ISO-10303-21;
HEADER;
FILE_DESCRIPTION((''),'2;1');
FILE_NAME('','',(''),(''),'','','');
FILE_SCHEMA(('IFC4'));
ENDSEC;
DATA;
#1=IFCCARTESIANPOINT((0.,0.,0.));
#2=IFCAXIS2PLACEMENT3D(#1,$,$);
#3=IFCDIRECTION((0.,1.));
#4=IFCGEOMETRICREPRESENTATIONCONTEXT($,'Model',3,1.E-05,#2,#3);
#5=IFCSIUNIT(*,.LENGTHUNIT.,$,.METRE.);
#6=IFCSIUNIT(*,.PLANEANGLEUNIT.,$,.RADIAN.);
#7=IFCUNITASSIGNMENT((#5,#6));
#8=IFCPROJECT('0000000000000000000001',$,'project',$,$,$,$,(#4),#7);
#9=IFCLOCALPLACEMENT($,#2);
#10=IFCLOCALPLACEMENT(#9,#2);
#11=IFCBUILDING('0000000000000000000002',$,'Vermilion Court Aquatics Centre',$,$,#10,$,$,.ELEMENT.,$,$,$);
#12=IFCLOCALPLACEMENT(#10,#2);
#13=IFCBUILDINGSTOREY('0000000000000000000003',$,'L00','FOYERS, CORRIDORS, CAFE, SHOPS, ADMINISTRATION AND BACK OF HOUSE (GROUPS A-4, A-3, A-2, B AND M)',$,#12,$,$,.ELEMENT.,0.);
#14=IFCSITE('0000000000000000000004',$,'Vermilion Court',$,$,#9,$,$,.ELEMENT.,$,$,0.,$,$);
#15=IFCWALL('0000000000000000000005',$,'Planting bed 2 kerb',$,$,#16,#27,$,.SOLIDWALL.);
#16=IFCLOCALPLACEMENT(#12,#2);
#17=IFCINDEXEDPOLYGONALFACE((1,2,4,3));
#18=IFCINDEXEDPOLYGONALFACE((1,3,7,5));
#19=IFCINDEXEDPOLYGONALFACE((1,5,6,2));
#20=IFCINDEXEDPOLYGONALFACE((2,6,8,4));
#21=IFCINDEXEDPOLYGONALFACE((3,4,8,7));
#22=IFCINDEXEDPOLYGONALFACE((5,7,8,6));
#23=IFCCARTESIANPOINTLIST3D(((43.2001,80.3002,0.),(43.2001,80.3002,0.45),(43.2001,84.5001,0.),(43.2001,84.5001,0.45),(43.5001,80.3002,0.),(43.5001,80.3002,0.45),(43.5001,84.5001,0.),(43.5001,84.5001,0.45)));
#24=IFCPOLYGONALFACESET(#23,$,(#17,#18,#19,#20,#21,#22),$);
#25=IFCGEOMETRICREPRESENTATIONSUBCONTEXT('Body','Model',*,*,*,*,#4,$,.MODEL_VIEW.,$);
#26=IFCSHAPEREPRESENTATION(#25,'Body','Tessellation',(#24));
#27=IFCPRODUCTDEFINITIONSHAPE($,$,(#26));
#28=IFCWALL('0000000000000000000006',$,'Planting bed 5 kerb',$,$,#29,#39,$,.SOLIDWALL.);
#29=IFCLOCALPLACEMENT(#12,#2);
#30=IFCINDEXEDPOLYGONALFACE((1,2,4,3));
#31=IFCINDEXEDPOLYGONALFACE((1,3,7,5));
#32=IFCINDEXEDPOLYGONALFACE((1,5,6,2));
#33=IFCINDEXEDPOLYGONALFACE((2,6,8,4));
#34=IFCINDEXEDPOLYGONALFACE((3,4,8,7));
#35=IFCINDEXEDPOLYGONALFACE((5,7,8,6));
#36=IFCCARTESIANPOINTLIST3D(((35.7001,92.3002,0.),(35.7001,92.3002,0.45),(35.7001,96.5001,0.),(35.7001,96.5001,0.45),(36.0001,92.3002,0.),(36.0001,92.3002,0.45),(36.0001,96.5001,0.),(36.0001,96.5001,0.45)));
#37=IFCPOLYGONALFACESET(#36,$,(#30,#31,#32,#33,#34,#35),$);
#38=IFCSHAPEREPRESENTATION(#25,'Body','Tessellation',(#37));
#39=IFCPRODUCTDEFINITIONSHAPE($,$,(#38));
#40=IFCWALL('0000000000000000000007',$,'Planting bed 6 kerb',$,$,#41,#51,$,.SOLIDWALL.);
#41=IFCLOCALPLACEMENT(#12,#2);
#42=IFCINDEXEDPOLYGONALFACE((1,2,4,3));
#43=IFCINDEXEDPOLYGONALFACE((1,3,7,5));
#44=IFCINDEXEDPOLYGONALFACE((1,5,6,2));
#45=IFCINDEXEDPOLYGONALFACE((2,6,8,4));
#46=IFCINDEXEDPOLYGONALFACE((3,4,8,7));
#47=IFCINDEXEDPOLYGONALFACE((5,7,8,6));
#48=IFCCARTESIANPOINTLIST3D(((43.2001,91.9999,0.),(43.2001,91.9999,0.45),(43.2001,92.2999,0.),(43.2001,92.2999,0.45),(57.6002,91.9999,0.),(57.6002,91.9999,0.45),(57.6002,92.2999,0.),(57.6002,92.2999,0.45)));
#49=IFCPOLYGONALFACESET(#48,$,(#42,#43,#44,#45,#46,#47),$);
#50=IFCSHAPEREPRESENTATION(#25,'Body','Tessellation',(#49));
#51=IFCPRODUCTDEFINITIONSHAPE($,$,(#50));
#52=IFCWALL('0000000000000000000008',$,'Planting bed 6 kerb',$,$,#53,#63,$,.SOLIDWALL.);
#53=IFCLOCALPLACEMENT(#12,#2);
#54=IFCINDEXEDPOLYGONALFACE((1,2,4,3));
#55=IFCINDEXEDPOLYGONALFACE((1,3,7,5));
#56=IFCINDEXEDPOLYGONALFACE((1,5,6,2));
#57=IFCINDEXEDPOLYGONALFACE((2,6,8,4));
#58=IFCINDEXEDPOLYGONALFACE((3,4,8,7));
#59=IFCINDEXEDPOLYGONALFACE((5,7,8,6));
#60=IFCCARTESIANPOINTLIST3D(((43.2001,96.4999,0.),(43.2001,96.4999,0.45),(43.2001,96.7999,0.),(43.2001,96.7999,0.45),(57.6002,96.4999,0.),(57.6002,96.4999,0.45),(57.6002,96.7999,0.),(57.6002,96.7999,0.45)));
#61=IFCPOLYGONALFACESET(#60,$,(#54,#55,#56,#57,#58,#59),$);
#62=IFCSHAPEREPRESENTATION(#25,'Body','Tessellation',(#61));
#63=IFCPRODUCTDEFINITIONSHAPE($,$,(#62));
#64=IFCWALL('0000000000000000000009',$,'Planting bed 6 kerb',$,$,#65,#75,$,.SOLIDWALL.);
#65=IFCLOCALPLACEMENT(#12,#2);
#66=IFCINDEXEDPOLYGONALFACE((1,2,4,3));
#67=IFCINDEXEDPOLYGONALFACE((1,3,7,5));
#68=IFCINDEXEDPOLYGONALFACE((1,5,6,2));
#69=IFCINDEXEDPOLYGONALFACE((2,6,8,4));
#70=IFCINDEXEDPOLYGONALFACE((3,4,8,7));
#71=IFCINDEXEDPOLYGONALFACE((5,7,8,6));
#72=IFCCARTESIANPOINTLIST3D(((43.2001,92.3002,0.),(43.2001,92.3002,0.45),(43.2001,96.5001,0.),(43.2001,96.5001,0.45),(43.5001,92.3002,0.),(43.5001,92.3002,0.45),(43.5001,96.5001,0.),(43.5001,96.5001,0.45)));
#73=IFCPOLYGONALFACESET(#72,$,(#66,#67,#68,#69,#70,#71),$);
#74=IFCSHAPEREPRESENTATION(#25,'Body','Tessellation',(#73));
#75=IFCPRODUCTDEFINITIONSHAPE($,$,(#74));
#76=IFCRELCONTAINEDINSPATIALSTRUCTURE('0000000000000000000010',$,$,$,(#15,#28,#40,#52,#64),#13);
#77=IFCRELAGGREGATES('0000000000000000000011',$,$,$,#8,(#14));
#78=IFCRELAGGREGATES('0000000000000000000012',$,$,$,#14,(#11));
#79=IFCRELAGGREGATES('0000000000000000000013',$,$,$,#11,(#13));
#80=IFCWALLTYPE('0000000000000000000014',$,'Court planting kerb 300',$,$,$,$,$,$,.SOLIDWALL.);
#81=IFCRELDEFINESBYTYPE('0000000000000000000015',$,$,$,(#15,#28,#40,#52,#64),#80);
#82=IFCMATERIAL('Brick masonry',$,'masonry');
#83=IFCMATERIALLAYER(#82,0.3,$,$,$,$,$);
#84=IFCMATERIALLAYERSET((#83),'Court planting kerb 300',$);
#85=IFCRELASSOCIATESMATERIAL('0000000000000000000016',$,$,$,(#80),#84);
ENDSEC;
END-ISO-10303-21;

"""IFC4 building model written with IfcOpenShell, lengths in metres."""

from ifc_helpers import new_model, si_unit, direction, frame, frame_2d, origin, place, context, subcontext, project, spatial, rectangle, extrude, material, layer, layer_set, type_object, element, save


model = new_model("IFC4")

# Units and contexts
model_context = context("Model", 3, precision=1e-05, world=origin(), true_north=direction((0.0, 1.0)))
body_context = subcontext(model_context, "Body", "Model", "MODEL_VIEW")
ifc_project = project(units=[si_unit("LENGTHUNIT", "METRE"), si_unit("PLANEANGLEUNIT", "RADIAN")], contexts=[model_context])

# Site, building, storey
site_placement = place(None, origin())
site = spatial("IfcSite", under=ifc_project, at=site_placement, Name="Vermilion Court", CompositionType="ELEMENT", RefElevation=0.0)
building_placement = place(site_placement, origin())
building = spatial("IfcBuilding", under=site, at=building_placement, Name="Vermilion Court Aquatics Centre", CompositionType="ELEMENT")
storey_placement = place(building_placement, origin())
storey = spatial("IfcBuildingStorey", under=building, at=storey_placement, Name="L00", Description="FOYERS, CORRIDORS, CAFE, SHOPS, ADMINISTRATION AND BACK OF HOUSE (GROUPS A-4, A-3, A-2, B AND M)", CompositionType="ELEMENT", Elevation=0.0)

# Walls
ifc_material_1 = material(Name="Brick masonry", Category="masonry")
ifc_layer = layer(ifc_material_1, 0.3)
ifc_layer_set = layer_set([ifc_layer], Name="Court planting kerb 300")
wall_type = type_object("IfcWallType", Name="Court planting kerb 300", PredefinedType="SOLIDWALL", material=ifc_layer_set)
for number, where, z_axis, x_axis, name in (
    (1, (43.3501, 80.3, 0.0), (0.0, 0.0, 1.0), (0.0, 1.0, 0.0), "Planting bed 2 kerb"),
    (2, (35.8501, 92.3, 0.0), (0.0, 0.0, 1.0), (0.0, 1.0, 0.0), "Planting bed 5 kerb"),
):
    element("IfcWall", number, at=place(storey_placement, frame(where, z_axis=z_axis, x_axis=x_axis)), inside=storey, type_object=wall_type, Name=name, PredefinedType="SOLIDWALL", context=body_context, shape_type="SweptSolid", body=[
        extrude(rectangle(XDim=4.2, YDim=0.3, at=frame_2d((2.1001, 0.0))), origin(), (0.0, 0.0, 1.0), 0.45),
    ])
for number, where, z_axis, x_axis, name in (
    (3, (43.2, 92.1499, 0.0), (0.0, 0.0, 1.0), (1.0, 0.0, 0.0), "Planting bed 6 kerb"),
    (4, (43.2, 96.6499, 0.0), (0.0, 0.0, 1.0), (1.0, 0.0, 0.0), "Planting bed 6 kerb"),
):
    element("IfcWall", number, at=place(storey_placement, frame(where, z_axis=z_axis, x_axis=x_axis)), inside=storey, type_object=wall_type, Name=name, PredefinedType="SOLIDWALL", context=body_context, shape_type="SweptSolid", body=[
        extrude(rectangle(XDim=14.4001, YDim=0.3, at=frame_2d((7.2002, 0.0))), origin(), (0.0, 0.0, 1.0), 0.45),
    ])
wall_1_placement = place(storey_placement, frame((43.3501, 92.3, 0.0), z_axis=(0.0, 0.0, 1.0), x_axis=(0.0, 1.0, 0.0)))
element("IfcWall", 5, at=wall_1_placement, inside=storey, type_object=wall_type, Name="Planting bed 6 kerb", PredefinedType="SOLIDWALL", context=body_context, shape_type="SweptSolid", body=[
    extrude(rectangle(XDim=4.2, YDim=0.3, at=frame_2d((2.1001, 0.0))), origin(), (0.0, 0.0, 1.0), 0.45),
])

save(model, "model.ifc")
